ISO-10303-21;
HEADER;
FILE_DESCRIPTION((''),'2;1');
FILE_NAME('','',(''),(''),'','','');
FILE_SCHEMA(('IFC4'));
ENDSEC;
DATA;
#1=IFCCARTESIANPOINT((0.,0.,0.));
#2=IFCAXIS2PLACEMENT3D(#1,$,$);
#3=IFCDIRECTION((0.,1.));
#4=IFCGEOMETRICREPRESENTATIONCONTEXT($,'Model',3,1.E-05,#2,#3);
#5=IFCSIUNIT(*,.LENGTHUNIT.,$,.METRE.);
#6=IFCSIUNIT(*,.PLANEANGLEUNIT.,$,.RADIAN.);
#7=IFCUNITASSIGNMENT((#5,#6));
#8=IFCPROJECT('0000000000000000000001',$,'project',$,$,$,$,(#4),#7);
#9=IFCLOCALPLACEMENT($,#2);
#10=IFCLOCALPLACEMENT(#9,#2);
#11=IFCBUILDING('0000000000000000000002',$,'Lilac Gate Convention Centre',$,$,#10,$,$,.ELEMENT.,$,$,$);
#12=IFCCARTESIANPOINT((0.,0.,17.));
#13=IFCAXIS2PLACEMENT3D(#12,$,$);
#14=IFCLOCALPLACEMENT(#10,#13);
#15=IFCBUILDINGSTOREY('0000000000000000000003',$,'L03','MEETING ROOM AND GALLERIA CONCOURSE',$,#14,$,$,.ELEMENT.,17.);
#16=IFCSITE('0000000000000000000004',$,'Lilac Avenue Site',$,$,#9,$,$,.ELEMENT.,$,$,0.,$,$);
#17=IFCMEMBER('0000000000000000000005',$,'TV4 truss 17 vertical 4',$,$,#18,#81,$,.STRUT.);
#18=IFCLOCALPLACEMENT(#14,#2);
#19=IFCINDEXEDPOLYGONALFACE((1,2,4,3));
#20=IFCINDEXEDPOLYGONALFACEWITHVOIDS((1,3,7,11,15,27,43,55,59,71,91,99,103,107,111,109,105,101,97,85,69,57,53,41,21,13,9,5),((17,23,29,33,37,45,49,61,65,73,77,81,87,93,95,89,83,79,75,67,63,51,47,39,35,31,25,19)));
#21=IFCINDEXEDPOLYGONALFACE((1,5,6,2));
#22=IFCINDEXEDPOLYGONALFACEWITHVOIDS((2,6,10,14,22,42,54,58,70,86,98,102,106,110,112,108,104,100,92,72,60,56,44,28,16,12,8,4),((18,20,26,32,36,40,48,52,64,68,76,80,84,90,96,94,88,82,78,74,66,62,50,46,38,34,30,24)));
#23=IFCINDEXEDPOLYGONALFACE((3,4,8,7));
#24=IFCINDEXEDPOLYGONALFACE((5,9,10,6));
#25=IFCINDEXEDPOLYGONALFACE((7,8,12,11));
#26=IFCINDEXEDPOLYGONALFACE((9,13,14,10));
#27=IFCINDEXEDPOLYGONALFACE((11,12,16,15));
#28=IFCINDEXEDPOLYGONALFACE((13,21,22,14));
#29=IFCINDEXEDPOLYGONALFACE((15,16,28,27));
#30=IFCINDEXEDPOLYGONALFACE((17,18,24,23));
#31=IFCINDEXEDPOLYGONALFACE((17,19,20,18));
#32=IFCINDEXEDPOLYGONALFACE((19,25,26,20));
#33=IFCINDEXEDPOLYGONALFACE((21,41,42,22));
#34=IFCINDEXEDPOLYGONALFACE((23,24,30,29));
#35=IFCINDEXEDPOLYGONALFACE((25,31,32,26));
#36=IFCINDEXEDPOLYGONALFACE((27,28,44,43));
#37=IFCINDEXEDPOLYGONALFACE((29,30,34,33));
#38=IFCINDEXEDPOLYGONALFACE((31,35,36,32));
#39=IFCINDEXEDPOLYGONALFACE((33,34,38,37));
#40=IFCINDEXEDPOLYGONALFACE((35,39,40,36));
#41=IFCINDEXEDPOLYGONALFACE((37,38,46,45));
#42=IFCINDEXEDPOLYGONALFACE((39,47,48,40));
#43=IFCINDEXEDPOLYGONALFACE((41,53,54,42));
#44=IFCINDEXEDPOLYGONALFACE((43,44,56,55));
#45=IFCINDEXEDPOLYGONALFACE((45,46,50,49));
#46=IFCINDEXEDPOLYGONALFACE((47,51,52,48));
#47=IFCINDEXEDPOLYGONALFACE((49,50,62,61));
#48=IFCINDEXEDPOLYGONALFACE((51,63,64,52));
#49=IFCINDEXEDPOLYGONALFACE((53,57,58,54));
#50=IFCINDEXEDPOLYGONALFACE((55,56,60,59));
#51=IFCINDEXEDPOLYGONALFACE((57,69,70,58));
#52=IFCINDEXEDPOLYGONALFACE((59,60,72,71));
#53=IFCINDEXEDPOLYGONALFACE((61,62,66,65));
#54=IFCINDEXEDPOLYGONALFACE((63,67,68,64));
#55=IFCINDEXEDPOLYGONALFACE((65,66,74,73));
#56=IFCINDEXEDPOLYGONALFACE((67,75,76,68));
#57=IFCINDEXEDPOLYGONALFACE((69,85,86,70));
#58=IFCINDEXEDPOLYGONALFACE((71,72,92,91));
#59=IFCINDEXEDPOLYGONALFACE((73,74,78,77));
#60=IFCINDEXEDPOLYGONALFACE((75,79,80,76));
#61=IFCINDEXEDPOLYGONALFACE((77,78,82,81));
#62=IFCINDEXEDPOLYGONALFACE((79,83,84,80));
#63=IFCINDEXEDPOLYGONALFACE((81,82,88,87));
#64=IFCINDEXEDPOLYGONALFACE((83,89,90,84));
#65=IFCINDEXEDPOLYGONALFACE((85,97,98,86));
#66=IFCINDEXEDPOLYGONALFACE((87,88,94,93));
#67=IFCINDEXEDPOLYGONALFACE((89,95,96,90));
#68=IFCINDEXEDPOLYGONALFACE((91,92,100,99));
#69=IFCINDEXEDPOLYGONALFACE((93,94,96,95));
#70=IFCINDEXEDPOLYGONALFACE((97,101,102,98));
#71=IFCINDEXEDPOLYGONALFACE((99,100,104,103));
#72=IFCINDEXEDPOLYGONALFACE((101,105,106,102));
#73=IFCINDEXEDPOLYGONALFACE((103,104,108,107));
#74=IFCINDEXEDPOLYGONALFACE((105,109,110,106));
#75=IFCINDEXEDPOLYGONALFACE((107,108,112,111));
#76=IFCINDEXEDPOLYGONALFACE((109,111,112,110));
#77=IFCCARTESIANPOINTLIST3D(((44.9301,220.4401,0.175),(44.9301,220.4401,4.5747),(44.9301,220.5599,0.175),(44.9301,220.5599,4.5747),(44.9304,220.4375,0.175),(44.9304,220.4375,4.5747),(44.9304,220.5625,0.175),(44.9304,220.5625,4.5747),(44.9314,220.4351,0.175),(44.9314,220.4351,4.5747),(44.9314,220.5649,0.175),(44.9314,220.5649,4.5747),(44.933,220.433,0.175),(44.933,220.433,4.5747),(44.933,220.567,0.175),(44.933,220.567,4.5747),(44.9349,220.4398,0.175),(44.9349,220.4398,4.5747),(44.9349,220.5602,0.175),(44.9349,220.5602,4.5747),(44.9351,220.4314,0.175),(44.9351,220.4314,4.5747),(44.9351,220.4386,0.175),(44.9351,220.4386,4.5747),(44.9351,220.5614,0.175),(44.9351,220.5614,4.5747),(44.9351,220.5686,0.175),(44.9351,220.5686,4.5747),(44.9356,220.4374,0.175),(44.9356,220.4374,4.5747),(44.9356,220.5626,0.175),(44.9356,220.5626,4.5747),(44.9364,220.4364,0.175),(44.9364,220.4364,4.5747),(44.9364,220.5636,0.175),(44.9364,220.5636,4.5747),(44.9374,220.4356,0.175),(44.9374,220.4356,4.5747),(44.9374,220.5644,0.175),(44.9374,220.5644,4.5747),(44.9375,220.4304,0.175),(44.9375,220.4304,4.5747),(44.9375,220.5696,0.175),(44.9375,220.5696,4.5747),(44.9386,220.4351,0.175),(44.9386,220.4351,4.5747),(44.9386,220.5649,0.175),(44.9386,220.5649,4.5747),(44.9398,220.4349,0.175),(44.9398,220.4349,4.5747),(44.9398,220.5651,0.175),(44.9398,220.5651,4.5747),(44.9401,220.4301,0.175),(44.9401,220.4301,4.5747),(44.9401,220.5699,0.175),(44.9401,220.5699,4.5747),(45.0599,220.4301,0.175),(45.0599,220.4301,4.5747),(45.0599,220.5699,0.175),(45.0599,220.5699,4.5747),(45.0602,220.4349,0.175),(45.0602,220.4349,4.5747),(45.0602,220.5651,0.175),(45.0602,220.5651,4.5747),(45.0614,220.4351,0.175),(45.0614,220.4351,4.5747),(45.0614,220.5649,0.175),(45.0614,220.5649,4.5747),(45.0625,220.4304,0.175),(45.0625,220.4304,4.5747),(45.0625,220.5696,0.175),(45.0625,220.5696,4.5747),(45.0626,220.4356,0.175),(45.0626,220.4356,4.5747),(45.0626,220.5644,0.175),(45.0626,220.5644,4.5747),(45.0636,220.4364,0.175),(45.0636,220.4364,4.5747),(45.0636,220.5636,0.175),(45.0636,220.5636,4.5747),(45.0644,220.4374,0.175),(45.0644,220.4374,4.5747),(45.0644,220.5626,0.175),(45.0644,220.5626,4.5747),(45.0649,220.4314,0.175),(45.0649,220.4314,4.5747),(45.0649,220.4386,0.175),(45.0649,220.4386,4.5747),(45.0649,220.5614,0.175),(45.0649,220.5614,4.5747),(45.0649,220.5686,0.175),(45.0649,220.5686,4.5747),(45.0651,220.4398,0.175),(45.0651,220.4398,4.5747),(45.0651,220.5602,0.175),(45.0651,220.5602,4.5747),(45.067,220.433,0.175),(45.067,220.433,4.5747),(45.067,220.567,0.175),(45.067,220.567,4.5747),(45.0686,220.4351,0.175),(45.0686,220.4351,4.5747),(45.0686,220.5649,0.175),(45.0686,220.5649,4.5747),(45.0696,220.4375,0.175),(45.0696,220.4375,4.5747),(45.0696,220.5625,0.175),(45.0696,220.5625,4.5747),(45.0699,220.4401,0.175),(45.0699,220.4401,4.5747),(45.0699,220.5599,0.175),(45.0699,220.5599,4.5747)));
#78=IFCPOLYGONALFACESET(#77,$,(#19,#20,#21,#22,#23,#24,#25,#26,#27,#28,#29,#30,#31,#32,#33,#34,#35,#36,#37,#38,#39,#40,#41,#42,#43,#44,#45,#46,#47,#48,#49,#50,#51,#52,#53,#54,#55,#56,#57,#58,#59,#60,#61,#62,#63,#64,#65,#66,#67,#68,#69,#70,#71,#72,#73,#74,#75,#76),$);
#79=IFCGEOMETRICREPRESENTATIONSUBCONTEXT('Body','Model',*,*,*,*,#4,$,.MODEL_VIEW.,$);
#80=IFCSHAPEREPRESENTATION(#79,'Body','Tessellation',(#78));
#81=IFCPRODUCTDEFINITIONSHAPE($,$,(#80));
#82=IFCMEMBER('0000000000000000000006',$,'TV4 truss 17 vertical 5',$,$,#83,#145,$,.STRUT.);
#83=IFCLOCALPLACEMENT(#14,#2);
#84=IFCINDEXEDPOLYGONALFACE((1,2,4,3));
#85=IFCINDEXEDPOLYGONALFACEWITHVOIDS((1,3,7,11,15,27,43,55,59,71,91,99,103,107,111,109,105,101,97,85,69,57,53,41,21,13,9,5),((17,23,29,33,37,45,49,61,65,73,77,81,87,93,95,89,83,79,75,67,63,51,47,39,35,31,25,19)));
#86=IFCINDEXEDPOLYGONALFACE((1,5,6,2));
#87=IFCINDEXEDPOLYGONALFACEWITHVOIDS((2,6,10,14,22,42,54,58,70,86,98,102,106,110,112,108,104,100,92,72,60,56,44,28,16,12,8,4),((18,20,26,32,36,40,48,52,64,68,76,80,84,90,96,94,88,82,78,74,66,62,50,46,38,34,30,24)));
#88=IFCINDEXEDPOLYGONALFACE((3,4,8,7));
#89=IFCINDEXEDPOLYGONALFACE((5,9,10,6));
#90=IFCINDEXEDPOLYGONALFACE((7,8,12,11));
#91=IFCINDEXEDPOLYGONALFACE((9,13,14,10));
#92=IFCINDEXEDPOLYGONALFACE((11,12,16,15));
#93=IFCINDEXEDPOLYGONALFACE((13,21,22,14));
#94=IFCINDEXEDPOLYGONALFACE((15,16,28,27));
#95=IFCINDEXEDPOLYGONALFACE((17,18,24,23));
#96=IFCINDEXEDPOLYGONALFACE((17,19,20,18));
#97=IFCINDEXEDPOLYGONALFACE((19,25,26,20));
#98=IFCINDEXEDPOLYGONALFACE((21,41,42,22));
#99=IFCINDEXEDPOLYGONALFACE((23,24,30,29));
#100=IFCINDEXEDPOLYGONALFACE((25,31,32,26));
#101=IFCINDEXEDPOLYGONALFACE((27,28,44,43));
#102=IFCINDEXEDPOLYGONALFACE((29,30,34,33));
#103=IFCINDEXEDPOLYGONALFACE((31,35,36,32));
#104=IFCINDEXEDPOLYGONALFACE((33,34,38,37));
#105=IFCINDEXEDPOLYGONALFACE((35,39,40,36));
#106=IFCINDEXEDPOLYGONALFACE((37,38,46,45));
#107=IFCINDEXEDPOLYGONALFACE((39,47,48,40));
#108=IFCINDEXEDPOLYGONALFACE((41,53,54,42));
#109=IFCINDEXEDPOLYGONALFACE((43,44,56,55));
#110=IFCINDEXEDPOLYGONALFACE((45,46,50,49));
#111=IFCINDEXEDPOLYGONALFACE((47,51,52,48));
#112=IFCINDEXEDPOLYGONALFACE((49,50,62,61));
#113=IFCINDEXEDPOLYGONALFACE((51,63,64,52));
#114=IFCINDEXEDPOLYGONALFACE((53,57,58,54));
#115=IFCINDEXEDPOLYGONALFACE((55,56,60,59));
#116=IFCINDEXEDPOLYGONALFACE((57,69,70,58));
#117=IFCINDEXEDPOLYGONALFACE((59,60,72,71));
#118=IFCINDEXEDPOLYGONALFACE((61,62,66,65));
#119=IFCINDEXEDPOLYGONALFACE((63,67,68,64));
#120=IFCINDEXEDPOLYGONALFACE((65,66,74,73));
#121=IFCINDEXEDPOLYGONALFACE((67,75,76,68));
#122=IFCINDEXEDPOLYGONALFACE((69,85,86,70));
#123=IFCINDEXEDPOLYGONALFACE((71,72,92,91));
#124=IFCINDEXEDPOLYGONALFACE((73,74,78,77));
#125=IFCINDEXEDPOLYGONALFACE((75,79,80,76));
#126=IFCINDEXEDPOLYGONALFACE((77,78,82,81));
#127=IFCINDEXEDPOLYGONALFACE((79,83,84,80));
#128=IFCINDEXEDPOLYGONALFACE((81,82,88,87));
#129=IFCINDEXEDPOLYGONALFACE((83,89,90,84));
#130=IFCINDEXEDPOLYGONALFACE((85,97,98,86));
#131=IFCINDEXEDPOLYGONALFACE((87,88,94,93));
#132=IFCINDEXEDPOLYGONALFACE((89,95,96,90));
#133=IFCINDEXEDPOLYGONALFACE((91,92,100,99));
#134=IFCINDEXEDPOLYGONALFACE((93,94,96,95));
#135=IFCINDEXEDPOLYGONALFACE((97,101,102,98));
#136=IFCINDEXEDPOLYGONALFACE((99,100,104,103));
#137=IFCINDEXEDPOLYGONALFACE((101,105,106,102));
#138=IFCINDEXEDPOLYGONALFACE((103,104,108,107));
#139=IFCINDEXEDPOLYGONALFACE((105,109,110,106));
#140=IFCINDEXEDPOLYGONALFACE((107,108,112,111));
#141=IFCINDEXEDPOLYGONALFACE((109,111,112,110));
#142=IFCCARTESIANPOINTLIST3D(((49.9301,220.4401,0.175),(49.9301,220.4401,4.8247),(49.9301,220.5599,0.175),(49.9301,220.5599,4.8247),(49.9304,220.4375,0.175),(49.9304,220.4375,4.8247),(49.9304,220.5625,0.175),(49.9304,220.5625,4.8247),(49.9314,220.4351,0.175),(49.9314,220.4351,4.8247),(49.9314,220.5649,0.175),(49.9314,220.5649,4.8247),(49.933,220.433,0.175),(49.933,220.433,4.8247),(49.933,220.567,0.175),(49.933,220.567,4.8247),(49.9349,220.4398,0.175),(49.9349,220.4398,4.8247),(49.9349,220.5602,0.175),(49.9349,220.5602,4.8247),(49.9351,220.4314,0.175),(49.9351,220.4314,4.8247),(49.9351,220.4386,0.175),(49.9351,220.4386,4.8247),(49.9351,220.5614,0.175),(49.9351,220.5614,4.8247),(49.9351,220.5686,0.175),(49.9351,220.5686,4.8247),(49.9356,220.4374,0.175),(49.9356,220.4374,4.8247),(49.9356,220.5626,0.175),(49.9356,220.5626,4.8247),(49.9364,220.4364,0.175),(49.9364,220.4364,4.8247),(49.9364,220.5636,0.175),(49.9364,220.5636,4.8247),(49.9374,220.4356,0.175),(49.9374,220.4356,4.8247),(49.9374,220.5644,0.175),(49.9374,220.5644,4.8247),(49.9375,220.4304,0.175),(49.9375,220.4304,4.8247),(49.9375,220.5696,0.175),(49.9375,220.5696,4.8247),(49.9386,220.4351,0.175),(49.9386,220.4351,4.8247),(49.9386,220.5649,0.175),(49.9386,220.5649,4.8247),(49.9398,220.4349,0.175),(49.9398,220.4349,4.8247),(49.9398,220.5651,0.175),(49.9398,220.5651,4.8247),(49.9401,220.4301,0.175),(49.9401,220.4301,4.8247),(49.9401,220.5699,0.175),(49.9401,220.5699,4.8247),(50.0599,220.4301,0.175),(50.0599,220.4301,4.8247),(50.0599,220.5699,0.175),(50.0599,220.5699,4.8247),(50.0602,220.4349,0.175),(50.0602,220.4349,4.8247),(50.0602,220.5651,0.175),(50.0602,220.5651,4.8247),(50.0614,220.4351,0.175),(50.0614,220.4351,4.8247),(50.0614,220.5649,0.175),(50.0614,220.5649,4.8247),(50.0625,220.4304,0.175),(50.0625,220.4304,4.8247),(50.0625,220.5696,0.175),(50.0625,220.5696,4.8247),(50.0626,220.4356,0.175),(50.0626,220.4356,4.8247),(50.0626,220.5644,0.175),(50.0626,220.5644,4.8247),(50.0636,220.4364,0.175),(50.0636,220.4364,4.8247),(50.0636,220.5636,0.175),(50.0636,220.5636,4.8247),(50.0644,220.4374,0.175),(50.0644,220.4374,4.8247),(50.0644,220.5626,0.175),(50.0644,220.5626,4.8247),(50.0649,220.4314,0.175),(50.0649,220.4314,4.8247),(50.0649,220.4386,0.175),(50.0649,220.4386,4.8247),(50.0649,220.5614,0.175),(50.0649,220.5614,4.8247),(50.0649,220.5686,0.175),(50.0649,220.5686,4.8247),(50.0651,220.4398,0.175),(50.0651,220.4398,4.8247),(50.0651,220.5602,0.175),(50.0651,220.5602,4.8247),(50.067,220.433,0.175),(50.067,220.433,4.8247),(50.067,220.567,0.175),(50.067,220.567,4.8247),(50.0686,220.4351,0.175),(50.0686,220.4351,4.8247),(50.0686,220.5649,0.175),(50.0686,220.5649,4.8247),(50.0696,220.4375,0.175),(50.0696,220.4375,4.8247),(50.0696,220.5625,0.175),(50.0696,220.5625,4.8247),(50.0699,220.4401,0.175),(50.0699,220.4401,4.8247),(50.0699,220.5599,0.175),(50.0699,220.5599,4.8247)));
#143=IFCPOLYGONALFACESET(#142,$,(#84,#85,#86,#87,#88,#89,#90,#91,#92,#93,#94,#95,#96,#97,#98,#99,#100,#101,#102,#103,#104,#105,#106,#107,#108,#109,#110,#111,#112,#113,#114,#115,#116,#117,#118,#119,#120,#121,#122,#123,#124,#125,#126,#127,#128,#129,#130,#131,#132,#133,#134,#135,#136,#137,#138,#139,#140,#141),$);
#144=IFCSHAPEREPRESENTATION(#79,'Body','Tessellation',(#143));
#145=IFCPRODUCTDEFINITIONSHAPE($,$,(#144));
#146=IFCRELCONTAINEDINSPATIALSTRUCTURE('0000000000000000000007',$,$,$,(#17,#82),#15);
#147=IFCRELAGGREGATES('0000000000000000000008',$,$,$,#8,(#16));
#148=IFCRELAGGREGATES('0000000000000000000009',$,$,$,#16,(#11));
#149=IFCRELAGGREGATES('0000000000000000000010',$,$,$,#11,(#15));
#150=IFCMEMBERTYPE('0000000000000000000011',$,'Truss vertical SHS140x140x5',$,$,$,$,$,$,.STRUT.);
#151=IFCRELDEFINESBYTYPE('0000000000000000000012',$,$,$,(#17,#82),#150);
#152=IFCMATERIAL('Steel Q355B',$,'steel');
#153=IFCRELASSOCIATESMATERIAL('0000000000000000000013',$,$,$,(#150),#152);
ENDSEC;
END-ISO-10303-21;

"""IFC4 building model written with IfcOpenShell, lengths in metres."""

from ifc_helpers import new_model, si_unit, direction, frame, origin, origin_2d, place, context, subcontext, project, spatial, hollow_rectangle, extrude, material, material_profile, profile_set, type_object, element, save


model = new_model("IFC4")

# Units and contexts
model_context = context("Model", 3, precision=1e-05, world=origin(), true_north=direction((0.0, 1.0)))
body_context = subcontext(model_context, "Body", "Model", "MODEL_VIEW")
ifc_project = project(units=[si_unit("LENGTHUNIT", "METRE"), si_unit("PLANEANGLEUNIT", "RADIAN")], contexts=[model_context])

# Site, building, storey
site_placement = place(None, origin())
site = spatial("IfcSite", under=ifc_project, at=site_placement, Name="Lilac Avenue Site", CompositionType="ELEMENT", RefElevation=0.0)
building_placement = place(site_placement, origin())
building = spatial("IfcBuilding", under=site, at=building_placement, Name="Lilac Gate Convention Centre", CompositionType="ELEMENT")
storey_placement = place(building_placement, frame((0.0, 0.0, 17.0)))
storey = spatial("IfcBuildingStorey", under=building, at=storey_placement, Name="L03", Description="MEETING ROOM AND GALLERIA CONCOURSE", CompositionType="ELEMENT", Elevation=17.0)

# Members
ifc_material = material(Name="Steel Q355B", Category="steel")
ifc_material_profile_1 = material_profile(ifc_material, hollow_rectangle(XDim=0.1399, YDim=0.1399, WallThickness=0.0049, InnerFilletRadius=0.0049, OuterFilletRadius=0.01, at=origin_2d()), Name="SHS140x140x5")
ifc_profile_set_1 = profile_set([ifc_material_profile_1], Name="Steel Q355B")
member_type_1 = type_object("IfcMemberType", Name="Truss vertical SHS140x140x5", PredefinedType="STRUT", material=ifc_profile_set_1)
member_1_placement = place(storey_placement, frame((45.0, 220.5, 0.175), z_axis=(0.0, 0.0, 1.0), x_axis=(1.0, 0.0, 0.0)))
element("IfcMember", 1, at=member_1_placement, inside=storey, type_object=member_type_1, Name="TV4 truss 17 vertical 4", PredefinedType="STRUT", context=body_context, shape_type="SweptSolid", body=[
    extrude(hollow_rectangle(XDim=0.1399, YDim=0.1399, WallThickness=0.0049, InnerFilletRadius=0.0049, OuterFilletRadius=0.01, at=origin_2d()), origin(), (0.0, 0.0, 1.0), 4.3997),
])
member_2_placement = place(storey_placement, frame((50.0, 220.5, 0.175), z_axis=(0.0, 0.0, 1.0), x_axis=(1.0, 0.0, 0.0)))
element("IfcMember", 2, at=member_2_placement, inside=storey, type_object=member_type_1, Name="TV4 truss 17 vertical 5", PredefinedType="STRUT", context=body_context, shape_type="SweptSolid", body=[
    extrude(hollow_rectangle(XDim=0.1399, YDim=0.1399, WallThickness=0.0049, InnerFilletRadius=0.0049, OuterFilletRadius=0.01, at=origin_2d()), origin(), (0.0, 0.0, 1.0), 4.6497),
])

save(model, "model.ifc")
